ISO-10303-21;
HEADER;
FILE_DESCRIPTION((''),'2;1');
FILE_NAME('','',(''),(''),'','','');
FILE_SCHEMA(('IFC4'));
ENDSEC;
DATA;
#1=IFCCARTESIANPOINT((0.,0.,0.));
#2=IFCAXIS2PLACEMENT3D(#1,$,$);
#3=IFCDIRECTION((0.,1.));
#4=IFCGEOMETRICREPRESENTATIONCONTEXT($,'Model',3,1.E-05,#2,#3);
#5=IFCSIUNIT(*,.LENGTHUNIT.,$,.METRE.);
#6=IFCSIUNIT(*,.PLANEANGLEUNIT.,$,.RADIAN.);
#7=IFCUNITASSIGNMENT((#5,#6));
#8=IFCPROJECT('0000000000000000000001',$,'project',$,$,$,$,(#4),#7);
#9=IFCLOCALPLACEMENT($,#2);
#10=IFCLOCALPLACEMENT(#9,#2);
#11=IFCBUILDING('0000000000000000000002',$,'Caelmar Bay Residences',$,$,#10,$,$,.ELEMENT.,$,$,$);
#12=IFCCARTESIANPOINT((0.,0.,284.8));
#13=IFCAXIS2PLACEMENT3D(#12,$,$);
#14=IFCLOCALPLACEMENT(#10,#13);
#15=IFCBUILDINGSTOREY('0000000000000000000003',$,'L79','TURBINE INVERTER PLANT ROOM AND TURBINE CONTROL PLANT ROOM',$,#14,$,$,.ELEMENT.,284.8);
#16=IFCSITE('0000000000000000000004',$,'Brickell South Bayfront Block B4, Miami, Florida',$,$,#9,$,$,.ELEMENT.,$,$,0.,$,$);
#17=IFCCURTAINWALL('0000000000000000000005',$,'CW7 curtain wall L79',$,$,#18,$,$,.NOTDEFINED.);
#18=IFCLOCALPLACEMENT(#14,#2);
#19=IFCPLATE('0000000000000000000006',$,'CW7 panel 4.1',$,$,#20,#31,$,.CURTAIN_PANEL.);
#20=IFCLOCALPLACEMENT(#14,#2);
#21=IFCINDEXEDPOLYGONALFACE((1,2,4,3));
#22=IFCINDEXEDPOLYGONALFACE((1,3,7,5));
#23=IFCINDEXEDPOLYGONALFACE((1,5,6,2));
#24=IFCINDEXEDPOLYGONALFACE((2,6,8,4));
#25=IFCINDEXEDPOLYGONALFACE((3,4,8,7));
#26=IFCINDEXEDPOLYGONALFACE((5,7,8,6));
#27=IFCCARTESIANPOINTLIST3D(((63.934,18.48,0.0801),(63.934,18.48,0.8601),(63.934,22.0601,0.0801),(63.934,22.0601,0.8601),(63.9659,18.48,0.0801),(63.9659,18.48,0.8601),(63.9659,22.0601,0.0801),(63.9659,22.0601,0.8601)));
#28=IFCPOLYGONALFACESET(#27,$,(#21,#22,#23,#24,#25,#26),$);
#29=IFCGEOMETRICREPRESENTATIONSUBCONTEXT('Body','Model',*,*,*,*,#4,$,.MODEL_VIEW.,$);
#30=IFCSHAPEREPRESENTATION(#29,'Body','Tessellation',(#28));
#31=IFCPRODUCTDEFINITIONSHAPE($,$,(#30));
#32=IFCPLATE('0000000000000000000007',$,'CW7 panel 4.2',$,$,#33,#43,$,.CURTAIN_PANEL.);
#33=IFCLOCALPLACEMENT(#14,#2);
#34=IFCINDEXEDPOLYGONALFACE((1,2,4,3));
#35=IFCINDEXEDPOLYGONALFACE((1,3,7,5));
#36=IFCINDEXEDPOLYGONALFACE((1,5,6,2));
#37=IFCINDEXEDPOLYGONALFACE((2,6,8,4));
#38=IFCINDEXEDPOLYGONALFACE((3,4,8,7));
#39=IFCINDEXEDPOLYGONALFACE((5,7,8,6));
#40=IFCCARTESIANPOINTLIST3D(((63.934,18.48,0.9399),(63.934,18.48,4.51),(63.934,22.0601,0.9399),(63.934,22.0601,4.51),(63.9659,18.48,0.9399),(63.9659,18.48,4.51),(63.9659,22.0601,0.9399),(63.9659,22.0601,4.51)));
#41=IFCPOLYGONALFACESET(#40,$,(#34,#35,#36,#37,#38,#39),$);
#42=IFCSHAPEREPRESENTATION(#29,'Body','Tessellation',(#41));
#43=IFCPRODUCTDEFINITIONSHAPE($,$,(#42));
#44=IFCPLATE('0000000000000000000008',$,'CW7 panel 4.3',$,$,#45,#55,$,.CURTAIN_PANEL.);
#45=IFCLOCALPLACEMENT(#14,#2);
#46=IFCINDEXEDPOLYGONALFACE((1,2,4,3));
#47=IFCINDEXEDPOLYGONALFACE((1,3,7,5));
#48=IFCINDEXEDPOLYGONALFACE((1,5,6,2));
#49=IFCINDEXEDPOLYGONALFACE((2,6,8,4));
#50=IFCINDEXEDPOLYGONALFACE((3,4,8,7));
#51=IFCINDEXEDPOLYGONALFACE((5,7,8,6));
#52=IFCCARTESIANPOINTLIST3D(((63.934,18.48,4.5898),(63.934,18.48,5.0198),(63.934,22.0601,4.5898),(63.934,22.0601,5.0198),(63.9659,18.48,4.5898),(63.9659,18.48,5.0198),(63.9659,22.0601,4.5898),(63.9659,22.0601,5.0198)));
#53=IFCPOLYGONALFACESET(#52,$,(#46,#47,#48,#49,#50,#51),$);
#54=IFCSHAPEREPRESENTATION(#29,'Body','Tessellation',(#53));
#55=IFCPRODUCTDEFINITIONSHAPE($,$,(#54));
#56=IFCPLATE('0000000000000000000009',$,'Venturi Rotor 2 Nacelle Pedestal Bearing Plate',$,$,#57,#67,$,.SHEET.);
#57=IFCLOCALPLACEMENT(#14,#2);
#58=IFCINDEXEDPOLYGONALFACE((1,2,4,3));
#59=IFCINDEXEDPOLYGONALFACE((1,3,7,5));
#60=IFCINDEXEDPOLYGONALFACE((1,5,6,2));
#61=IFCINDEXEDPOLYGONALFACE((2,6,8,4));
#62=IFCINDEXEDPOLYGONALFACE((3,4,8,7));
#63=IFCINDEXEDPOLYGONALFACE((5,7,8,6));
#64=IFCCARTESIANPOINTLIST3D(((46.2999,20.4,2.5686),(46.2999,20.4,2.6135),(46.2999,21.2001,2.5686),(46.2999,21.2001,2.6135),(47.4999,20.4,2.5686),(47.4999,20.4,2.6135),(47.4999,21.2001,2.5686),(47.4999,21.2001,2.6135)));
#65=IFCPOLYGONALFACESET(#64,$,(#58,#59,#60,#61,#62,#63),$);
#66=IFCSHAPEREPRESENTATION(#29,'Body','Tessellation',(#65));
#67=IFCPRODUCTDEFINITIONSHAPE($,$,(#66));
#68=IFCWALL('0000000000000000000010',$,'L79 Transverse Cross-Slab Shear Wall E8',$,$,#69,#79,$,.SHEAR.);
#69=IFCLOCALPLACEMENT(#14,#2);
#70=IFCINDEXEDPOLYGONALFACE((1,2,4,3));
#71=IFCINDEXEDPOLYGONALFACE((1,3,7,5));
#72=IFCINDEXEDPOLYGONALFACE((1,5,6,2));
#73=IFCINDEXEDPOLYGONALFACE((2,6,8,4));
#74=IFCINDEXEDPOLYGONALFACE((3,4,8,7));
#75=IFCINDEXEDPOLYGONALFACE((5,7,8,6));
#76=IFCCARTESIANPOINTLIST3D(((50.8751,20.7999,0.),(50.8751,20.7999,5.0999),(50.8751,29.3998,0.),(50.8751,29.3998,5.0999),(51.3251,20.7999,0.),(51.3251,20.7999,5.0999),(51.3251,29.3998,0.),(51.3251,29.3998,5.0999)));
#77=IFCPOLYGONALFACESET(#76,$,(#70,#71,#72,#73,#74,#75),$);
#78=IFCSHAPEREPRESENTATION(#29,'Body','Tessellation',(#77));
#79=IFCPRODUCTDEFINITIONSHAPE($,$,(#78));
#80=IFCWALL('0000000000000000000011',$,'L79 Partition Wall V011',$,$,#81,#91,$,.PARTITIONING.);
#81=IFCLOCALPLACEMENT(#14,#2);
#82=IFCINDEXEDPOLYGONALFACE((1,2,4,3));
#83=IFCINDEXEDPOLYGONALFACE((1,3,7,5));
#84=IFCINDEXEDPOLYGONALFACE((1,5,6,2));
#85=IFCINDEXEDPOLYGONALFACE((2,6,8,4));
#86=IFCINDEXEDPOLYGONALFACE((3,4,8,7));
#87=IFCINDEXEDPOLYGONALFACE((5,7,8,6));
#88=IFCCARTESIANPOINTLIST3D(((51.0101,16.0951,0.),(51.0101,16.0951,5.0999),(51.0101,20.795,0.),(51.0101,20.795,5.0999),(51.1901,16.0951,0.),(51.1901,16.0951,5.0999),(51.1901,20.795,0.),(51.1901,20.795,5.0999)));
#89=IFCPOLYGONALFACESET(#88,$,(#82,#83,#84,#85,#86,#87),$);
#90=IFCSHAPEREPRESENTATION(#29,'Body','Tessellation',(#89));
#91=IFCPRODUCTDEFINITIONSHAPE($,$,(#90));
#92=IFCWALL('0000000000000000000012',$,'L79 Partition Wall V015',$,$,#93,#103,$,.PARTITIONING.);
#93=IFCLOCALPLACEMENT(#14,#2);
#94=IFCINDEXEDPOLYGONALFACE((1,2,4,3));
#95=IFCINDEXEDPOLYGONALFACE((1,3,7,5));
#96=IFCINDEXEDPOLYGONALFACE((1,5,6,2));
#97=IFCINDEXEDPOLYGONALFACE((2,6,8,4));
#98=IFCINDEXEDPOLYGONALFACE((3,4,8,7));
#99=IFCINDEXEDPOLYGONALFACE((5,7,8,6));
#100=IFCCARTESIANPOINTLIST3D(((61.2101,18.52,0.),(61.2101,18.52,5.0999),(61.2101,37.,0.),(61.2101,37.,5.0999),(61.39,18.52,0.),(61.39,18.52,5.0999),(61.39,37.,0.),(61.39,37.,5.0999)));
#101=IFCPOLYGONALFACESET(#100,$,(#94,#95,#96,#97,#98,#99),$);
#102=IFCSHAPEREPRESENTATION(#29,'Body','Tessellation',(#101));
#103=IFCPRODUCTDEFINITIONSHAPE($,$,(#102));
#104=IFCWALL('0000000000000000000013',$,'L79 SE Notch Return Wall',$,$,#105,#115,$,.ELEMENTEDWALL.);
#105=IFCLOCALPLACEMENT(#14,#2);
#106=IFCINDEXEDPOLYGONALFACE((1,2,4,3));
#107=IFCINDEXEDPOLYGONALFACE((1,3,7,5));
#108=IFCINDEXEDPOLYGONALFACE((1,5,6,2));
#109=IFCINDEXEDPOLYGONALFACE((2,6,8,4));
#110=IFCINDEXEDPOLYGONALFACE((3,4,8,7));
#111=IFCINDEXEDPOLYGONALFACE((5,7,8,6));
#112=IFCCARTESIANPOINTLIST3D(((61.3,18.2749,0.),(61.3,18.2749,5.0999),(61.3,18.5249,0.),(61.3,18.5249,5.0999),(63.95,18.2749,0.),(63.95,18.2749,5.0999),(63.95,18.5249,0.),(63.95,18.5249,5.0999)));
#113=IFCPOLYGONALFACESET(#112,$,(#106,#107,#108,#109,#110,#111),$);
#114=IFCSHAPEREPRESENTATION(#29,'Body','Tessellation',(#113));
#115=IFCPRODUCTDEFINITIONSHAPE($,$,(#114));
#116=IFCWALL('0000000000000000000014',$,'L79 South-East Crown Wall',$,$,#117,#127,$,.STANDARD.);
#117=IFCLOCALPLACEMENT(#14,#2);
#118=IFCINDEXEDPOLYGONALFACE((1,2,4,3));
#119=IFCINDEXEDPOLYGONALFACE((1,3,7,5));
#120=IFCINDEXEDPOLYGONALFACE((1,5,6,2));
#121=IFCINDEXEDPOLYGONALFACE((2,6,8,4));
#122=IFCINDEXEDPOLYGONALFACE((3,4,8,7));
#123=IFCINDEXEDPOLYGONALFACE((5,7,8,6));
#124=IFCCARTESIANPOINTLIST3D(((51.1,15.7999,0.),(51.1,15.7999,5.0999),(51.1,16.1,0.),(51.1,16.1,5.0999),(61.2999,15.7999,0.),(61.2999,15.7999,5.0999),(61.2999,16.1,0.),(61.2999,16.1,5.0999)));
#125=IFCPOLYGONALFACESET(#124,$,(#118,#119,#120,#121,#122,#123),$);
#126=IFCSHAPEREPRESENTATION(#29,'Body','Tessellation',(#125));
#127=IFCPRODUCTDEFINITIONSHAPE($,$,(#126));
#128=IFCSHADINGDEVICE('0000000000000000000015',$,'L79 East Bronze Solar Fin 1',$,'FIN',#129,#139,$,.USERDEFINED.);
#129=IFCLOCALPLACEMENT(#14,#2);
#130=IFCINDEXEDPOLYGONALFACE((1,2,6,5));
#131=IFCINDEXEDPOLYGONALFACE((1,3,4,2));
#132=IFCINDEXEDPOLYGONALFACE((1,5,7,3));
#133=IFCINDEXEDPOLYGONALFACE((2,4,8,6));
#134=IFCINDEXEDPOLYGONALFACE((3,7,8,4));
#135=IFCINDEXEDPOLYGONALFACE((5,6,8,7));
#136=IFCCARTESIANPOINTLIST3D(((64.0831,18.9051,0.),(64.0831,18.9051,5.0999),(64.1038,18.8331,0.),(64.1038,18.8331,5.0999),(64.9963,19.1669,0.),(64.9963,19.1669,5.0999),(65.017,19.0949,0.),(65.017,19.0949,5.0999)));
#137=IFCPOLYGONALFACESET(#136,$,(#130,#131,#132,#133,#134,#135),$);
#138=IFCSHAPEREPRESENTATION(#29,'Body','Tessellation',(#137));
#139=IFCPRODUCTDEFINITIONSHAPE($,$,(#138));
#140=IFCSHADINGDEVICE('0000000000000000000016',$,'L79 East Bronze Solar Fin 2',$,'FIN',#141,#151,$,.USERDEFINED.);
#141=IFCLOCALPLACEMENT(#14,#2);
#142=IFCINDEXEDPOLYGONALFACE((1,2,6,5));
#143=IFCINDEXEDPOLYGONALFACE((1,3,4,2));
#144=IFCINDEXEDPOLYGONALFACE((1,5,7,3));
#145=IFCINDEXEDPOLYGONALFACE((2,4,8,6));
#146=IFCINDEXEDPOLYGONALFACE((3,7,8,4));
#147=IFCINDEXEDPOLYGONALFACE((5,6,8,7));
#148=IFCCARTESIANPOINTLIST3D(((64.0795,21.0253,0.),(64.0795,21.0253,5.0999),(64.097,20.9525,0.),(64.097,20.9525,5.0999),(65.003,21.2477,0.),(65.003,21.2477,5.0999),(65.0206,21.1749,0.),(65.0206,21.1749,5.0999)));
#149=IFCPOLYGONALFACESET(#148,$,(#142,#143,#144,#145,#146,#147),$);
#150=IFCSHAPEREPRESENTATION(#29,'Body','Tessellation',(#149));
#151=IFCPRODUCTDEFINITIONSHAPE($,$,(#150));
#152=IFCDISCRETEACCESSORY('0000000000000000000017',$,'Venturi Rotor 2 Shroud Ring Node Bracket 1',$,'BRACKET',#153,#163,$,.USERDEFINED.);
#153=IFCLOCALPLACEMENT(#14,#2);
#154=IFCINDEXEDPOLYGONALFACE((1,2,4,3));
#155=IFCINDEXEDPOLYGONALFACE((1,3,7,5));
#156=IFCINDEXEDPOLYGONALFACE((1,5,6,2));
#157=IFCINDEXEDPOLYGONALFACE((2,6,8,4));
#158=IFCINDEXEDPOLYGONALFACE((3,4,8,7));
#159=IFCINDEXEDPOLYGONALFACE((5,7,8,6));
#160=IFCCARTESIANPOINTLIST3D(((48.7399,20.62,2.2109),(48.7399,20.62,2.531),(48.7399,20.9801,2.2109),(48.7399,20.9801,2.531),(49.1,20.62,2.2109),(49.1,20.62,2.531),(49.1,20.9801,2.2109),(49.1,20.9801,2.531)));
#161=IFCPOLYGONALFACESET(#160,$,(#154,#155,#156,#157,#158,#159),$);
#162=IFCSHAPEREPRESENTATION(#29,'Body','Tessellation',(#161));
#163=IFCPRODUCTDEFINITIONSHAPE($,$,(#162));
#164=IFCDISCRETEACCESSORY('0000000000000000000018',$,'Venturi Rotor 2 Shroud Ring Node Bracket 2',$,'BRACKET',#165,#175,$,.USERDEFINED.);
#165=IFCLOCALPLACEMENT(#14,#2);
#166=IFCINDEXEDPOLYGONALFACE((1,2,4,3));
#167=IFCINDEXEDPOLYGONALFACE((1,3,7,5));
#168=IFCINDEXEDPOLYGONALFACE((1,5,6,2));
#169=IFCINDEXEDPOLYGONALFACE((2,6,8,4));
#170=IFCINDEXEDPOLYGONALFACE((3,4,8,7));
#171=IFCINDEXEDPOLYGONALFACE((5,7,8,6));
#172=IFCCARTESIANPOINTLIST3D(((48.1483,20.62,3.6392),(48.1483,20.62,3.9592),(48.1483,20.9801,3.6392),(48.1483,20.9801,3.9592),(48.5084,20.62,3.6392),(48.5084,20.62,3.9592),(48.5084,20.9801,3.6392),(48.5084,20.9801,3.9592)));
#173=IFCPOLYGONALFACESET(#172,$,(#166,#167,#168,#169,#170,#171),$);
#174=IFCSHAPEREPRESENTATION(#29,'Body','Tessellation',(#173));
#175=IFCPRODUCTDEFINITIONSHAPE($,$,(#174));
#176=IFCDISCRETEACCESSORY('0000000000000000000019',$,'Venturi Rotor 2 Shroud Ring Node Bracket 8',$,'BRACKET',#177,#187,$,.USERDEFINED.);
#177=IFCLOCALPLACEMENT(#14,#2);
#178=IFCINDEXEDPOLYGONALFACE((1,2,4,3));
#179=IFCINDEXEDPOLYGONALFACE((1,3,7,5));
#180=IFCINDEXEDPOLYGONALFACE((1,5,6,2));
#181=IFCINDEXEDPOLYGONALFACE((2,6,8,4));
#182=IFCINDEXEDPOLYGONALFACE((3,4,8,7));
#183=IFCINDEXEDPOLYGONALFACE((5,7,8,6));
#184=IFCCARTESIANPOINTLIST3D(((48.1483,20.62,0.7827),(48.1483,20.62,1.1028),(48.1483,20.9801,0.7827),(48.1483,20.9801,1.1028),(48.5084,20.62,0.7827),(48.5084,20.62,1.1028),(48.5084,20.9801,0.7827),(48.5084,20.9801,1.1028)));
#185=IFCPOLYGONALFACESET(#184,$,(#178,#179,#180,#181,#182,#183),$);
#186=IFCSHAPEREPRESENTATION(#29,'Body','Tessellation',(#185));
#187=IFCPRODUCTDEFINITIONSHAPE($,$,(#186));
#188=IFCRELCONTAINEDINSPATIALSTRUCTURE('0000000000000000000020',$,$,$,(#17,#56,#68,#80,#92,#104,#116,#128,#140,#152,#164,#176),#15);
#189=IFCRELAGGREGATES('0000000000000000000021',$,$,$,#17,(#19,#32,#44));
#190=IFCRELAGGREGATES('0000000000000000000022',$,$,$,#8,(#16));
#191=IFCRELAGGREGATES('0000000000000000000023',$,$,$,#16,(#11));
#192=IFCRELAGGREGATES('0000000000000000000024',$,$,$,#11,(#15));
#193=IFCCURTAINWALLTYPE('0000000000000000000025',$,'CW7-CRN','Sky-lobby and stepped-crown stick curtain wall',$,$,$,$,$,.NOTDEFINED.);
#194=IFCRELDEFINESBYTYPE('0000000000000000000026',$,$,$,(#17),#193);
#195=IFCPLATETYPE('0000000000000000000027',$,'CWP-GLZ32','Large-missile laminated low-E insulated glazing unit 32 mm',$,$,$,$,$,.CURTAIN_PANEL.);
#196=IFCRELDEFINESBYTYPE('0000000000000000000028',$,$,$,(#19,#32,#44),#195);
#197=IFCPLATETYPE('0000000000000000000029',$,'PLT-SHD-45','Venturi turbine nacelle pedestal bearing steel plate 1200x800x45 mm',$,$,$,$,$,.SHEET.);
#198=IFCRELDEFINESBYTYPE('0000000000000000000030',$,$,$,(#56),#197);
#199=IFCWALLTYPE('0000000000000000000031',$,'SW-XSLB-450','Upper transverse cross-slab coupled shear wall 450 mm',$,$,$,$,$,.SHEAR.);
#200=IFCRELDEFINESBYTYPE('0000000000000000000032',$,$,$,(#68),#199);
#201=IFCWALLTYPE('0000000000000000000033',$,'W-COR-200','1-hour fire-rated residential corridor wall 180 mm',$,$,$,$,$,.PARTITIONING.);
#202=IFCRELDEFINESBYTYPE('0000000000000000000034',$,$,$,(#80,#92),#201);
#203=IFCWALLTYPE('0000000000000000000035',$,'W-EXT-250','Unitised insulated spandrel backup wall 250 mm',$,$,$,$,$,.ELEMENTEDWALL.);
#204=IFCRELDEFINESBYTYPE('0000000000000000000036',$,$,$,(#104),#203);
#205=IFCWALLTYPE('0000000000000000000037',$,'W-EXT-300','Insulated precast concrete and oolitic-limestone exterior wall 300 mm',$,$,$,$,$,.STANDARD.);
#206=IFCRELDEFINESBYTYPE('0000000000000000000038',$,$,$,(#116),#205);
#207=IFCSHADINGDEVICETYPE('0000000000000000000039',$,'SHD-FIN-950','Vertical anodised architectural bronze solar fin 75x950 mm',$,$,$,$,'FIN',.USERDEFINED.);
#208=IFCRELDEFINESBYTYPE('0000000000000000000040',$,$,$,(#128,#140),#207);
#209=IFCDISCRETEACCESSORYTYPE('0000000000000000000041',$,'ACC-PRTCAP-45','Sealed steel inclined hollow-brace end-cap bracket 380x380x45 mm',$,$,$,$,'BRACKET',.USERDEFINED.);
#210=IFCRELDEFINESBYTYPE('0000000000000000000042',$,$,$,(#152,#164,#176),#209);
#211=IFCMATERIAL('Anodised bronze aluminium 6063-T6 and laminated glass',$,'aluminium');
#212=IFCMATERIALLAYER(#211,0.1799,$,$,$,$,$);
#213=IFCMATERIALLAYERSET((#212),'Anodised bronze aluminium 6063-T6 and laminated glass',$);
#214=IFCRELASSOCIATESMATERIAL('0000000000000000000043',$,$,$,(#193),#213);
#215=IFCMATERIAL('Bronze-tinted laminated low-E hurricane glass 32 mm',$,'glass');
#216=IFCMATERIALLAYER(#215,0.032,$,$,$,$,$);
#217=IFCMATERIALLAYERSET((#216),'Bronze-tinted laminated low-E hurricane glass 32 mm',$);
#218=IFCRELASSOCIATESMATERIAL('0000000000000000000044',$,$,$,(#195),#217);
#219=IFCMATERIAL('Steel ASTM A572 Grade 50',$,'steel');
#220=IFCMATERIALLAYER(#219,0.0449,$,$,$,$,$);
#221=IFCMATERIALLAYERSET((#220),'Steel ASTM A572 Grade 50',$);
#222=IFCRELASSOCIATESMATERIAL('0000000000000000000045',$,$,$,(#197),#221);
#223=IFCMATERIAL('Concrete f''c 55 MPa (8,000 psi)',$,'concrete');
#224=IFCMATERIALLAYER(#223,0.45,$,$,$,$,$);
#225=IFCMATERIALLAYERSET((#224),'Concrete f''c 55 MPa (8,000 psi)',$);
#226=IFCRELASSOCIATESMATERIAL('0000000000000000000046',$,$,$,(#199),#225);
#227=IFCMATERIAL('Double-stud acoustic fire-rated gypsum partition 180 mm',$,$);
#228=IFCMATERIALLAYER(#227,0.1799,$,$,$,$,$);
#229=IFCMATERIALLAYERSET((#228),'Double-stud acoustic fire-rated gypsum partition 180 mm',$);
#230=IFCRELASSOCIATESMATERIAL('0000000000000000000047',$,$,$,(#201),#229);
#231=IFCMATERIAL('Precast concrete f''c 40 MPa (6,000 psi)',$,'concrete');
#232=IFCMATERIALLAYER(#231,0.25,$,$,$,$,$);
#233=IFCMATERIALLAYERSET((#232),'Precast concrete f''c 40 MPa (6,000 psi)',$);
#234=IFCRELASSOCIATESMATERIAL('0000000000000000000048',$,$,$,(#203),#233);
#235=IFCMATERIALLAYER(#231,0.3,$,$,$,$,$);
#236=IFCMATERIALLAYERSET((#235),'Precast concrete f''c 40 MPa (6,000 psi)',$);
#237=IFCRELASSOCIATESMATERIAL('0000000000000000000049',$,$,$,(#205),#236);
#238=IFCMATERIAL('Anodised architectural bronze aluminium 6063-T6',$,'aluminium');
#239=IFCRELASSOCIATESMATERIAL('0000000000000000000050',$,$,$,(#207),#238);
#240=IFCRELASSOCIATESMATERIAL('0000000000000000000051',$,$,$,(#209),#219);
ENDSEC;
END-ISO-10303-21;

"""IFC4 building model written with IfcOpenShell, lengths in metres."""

from ifc_helpers import new_model, si_unit, direction, frame, frame_2d, origin, origin_2d, place, context, subcontext, project, spatial, rectangle, extrude, material, layer, layer_set, material_profile, profile_set, type_object, element, aggregate, save


model = new_model("IFC4")

# Units and contexts
model_context = context("Model", 3, precision=1e-05, world=origin(), true_north=direction((0.0, 1.0)))
body_context = subcontext(model_context, "Body", "Model", "MODEL_VIEW")
ifc_project = project(units=[si_unit("LENGTHUNIT", "METRE"), si_unit("PLANEANGLEUNIT", "RADIAN")], contexts=[model_context])

# Site, building, storey
site_placement = place(None, origin())
site = spatial("IfcSite", under=ifc_project, at=site_placement, Name="Brickell South Bayfront Block B4, Miami, Florida", CompositionType="ELEMENT", RefElevation=0.0)
building_placement = place(site_placement, origin())
building = spatial("IfcBuilding", under=site, at=building_placement, Name="Caelmar Bay Residences", CompositionType="ELEMENT")
storey_placement = place(building_placement, frame((0.0, 0.0, 284.8)))
storey = spatial("IfcBuildingStorey", under=building, at=storey_placement, Name="L79", Description="TURBINE INVERTER PLANT ROOM AND TURBINE CONTROL PLANT ROOM", CompositionType="ELEMENT", Elevation=284.8)

# Shared definitions
ifc_material_1 = material(Name="Concrete f'c 55 MPa (8,000 psi)", Category="concrete")

# Shared definitions
ifc_material_2 = material(Name="Anodised bronze aluminium 6063-T6 and laminated glass", Category="aluminium")

# Curtain wall
ifc_layer_1 = layer(ifc_material_2, 0.1799)
ifc_layer_set_1 = layer_set([ifc_layer_1], Name="Anodised bronze aluminium 6063-T6 and laminated glass")
curtain_wall_type_1 = type_object("IfcCurtainWallType", Name="CW7-CRN", Description="Sky-lobby and stepped-crown stick curtain wall", PredefinedType="NOTDEFINED", material=ifc_layer_set_1)
curtain_wall_1_placement = place(storey_placement, origin())
curtain_wall_1 = element("IfcCurtainWall", 1, at=curtain_wall_1_placement, inside=storey, type_object=curtain_wall_type_1, Name="CW7 curtain wall L79", PredefinedType="NOTDEFINED")

# Plates
ifc_material_3 = material(Name="Bronze-tinted laminated low-E hurricane glass 32 mm", Category="glass")
ifc_layer_2 = layer(ifc_material_3, 0.032)
ifc_layer_set_2 = layer_set([ifc_layer_2], Name="Bronze-tinted laminated low-E hurricane glass 32 mm")
plate_type_1 = type_object("IfcPlateType", Name="CWP-GLZ32", Description="Large-missile laminated low-E insulated glazing unit 32 mm", PredefinedType="CURTAIN_PANEL", material=ifc_layer_set_2)
plate_1_placement = place(storey_placement, frame((63.95, 20.27, 0.0801), z_axis=(0.0, 0.0, 1.0), x_axis=(0.0, -1.0, 0.0)))
plate_1 = element("IfcPlate", 2, at=plate_1_placement, type_object=plate_type_1, Name="CW7 panel 4.1", PredefinedType="CURTAIN_PANEL", context=body_context, shape_type="SweptSolid", body=[
    extrude(rectangle(XDim=3.5801, YDim=0.032, at=origin_2d()), origin(), (0.0, 0.0, 1.0), 0.78),
])
plate_2_placement = place(storey_placement, frame((63.95, 20.27, 0.9399), z_axis=(0.0, 0.0, 1.0), x_axis=(0.0, -1.0, 0.0)))
plate_2 = element("IfcPlate", 3, at=plate_2_placement, type_object=plate_type_1, Name="CW7 panel 4.2", PredefinedType="CURTAIN_PANEL", context=body_context, shape_type="SweptSolid", body=[
    extrude(rectangle(XDim=3.5801, YDim=0.032, at=origin_2d()), origin(), (0.0, 0.0, 1.0), 3.5701),
])
plate_3_placement = place(storey_placement, frame((63.95, 20.27, 4.5898), z_axis=(0.0, 0.0, 1.0), x_axis=(0.0, -1.0, 0.0)))
plate_3 = element("IfcPlate", 4, at=plate_3_placement, type_object=plate_type_1, Name="CW7 panel 4.3", PredefinedType="CURTAIN_PANEL", context=body_context, shape_type="SweptSolid", body=[
    extrude(rectangle(XDim=3.5801, YDim=0.032, at=origin_2d()), origin(), (0.0, 0.0, 1.0), 0.4299),
])
aggregate(curtain_wall_1, [plate_1, plate_2, plate_3])
ifc_material_4 = material(Name="Steel ASTM A572 Grade 50", Category="steel")
ifc_layer_3 = layer(ifc_material_4, 0.0449)
ifc_layer_set_3 = layer_set([ifc_layer_3], Name="Steel ASTM A572 Grade 50")
plate_type_2 = type_object("IfcPlateType", Name="PLT-SHD-45", Description="Venturi turbine nacelle pedestal bearing steel plate 1200x800x45 mm", PredefinedType="SHEET", material=ifc_layer_set_3)
plate_4_placement = place(storey_placement, frame((46.8999, 20.8, 2.5686), z_axis=(0.0, 0.0, 1.0), x_axis=(1.0, 0.0, 0.0)))
element("IfcPlate", 5, at=plate_4_placement, inside=storey, type_object=plate_type_2, Name="Venturi Rotor 2 Nacelle Pedestal Bearing Plate", PredefinedType="SHEET", context=body_context, shape_type="SweptSolid", body=[
    extrude(rectangle(XDim=1.2, YDim=0.8, at=origin_2d()), origin(), (0.0, 0.0, 1.0), 0.0449),
])

# Walls
ifc_layer_4 = layer(ifc_material_1, 0.45)
ifc_layer_set_4 = layer_set([ifc_layer_4], Name="Concrete f'c 55 MPa (8,000 psi)")
wall_type_1 = type_object("IfcWallType", Name="SW-XSLB-450", Description="Upper transverse cross-slab coupled shear wall 450 mm", PredefinedType="SHEAR", material=ifc_layer_set_4)
wall_1_placement = place(storey_placement, frame((51.1001, 20.8, 0.0), z_axis=(0.0, 0.0, 1.0), x_axis=(0.0, 1.0, 0.0)))
element("IfcWall", 6, at=wall_1_placement, inside=storey, type_object=wall_type_1, Name="L79 Transverse Cross-Slab Shear Wall E8", PredefinedType="SHEAR", context=body_context, shape_type="SweptSolid", body=[
    extrude(rectangle(XDim=8.5999, YDim=0.45, at=frame_2d((4.2998, 0.0))), origin(), (0.0, 0.0, 1.0), 5.0999),
])
ifc_material_5 = material(Name="Double-stud acoustic fire-rated gypsum partition 180 mm")
ifc_layer_5 = layer(ifc_material_5, 0.1799)
ifc_layer_set_5 = layer_set([ifc_layer_5], Name="Double-stud acoustic fire-rated gypsum partition 180 mm")
wall_type_2 = type_object("IfcWallType", Name="W-COR-200", Description="1-hour fire-rated residential corridor wall 180 mm", PredefinedType="PARTITIONING", material=ifc_layer_set_5)
wall_2_placement = place(storey_placement, frame((51.1001, 16.095, 0.0), z_axis=(0.0, 0.0, 1.0), x_axis=(0.0, 1.0, 0.0)))
element("IfcWall", 7, at=wall_2_placement, inside=storey, type_object=wall_type_2, Name="L79 Partition Wall V011", PredefinedType="PARTITIONING", context=body_context, shape_type="SweptSolid", body=[
    extrude(rectangle(XDim=4.7, YDim=0.1799, at=frame_2d((2.3501, 0.0))), origin(), (0.0, 0.0, 1.0), 5.0999),
])
wall_3_placement = place(storey_placement, frame((61.3, 18.52, 0.0), z_axis=(0.0, 0.0, 1.0), x_axis=(0.0, 1.0, 0.0)))
element("IfcWall", 8, at=wall_3_placement, inside=storey, type_object=wall_type_2, Name="L79 Partition Wall V015", PredefinedType="PARTITIONING", context=body_context, shape_type="SweptSolid", body=[
    extrude(rectangle(XDim=18.48, YDim=0.1799, at=frame_2d((9.24, 0.0))), origin(), (0.0, 0.0, 1.0), 5.0999),
])
ifc_material_6 = material(Name="Precast concrete f'c 40 MPa (6,000 psi)", Category="concrete")
ifc_layer_6 = layer(ifc_material_6, 0.25)
ifc_layer_set_6 = layer_set([ifc_layer_6], Name="Precast concrete f'c 40 MPa (6,000 psi)")
wall_type_3 = type_object("IfcWallType", Name="W-EXT-250", Description="Unitised insulated spandrel backup wall 250 mm", PredefinedType="ELEMENTEDWALL", material=ifc_layer_set_6)
wall_4_placement = place(storey_placement, frame((61.3, 18.3999, 0.0), z_axis=(0.0, 0.0, 1.0), x_axis=(1.0, 0.0, 0.0)))
element("IfcWall", 9, at=wall_4_placement, inside=storey, type_object=wall_type_3, Name="L79 SE Notch Return Wall", PredefinedType="ELEMENTEDWALL", context=body_context, shape_type="SweptSolid", body=[
    extrude(rectangle(XDim=2.6499, YDim=0.25, at=frame_2d((1.325, 0.0))), origin(), (0.0, 0.0, 1.0), 5.0999),
])
ifc_layer_7 = layer(ifc_material_6, 0.3)
ifc_layer_set_7 = layer_set([ifc_layer_7], Name="Precast concrete f'c 40 MPa (6,000 psi)")
wall_type_4 = type_object("IfcWallType", Name="W-EXT-300", Description="Insulated precast concrete and oolitic-limestone exterior wall 300 mm", PredefinedType="STANDARD", material=ifc_layer_set_7)
wall_5_placement = place(storey_placement, frame((61.3, 15.95, 0.0), z_axis=(0.0, 0.0, 1.0), x_axis=(-1.0, 0.0, 0.0)))
element("IfcWall", 10, at=wall_5_placement, inside=storey, type_object=wall_type_4, Name="L79 South-East Crown Wall", PredefinedType="STANDARD", context=body_context, shape_type="SweptSolid", body=[
    extrude(rectangle(XDim=10.2, YDim=0.3, at=frame_2d((5.1001, 0.0))), origin(), (0.0, 0.0, 1.0), 5.0999),
])

# Shading devices
ifc_material_7 = material(Name="Anodised architectural bronze aluminium 6063-T6", Category="aluminium")
ifc_material_profile_1 = material_profile(ifc_material_7, rectangle(XDim=0.075, YDim=0.95, at=origin_2d()), Name="BRONZE-FIN-75X950")
ifc_profile_set_1 = profile_set([ifc_material_profile_1], Name="Anodised architectural bronze aluminium 6063-T6")
shading_device_type = type_object("IfcShadingDeviceType", Name="SHD-FIN-950", Description="Vertical anodised architectural bronze solar fin 75x950 mm", ElementType="FIN", PredefinedType="USERDEFINED", material=ifc_profile_set_1)
for number, where, z_axis, x_axis, name in (
    (11, (64.55, 19.0, 0.0), (0.0, 0.0, 1.0), (-0.275637, 0.961262, 0.0), "L79 East Bronze Solar Fin 1"),
    (12, (64.55, 21.1001, 0.0), (0.0, 0.0, 1.0), (-0.234124, 0.972207, 0.0), "L79 East Bronze Solar Fin 2"),
):
    element("IfcShadingDevice", number, at=place(storey_placement, frame(where, z_axis=z_axis, x_axis=x_axis)), inside=storey, type_object=shading_device_type, Name=name, ObjectType="FIN", PredefinedType="USERDEFINED", context=body_context, shape_type="SweptSolid", body=[
        extrude(rectangle(XDim=0.075, YDim=0.95, at=origin_2d()), origin(), (0.0, 0.0, 1.0), 5.0999),
    ])

# Discrete accessories
discrete_accessory_type = type_object("IfcDiscreteAccessoryType", Name="ACC-PRTCAP-45", Description="Sealed steel inclined hollow-brace end-cap bracket 380x380x45 mm", ElementType="BRACKET", PredefinedType="USERDEFINED", material=ifc_material_4)
for number, where, z_axis, x_axis, name in (
    (13, (48.9199, 20.8, 2.2109), (0.0, 0.0, 1.0), (1.0, 0.0, 0.0), "Venturi Rotor 2 Shroud Ring Node Bracket 1"),
    (14, (48.3284, 20.8, 3.6392), (0.0, 0.0, 1.0), (1.0, 0.0, 0.0), "Venturi Rotor 2 Shroud Ring Node Bracket 2"),
    (15, (48.3284, 20.8, 0.7827), (0.0, 0.0, 1.0), (1.0, 0.0, 0.0), "Venturi Rotor 2 Shroud Ring Node Bracket 8"),
):
    element("IfcDiscreteAccessory", number, at=place(storey_placement, frame(where, z_axis=z_axis, x_axis=x_axis)), inside=storey, type_object=discrete_accessory_type, Name=name, ObjectType="BRACKET", PredefinedType="USERDEFINED", context=body_context, shape_type="SweptSolid", body=[
        extrude(rectangle(XDim=0.3601, YDim=0.3601, at=origin_2d()), origin(), (0.0, 0.0, 1.0), 0.3201),
    ])

save(model, "model.ifc")
